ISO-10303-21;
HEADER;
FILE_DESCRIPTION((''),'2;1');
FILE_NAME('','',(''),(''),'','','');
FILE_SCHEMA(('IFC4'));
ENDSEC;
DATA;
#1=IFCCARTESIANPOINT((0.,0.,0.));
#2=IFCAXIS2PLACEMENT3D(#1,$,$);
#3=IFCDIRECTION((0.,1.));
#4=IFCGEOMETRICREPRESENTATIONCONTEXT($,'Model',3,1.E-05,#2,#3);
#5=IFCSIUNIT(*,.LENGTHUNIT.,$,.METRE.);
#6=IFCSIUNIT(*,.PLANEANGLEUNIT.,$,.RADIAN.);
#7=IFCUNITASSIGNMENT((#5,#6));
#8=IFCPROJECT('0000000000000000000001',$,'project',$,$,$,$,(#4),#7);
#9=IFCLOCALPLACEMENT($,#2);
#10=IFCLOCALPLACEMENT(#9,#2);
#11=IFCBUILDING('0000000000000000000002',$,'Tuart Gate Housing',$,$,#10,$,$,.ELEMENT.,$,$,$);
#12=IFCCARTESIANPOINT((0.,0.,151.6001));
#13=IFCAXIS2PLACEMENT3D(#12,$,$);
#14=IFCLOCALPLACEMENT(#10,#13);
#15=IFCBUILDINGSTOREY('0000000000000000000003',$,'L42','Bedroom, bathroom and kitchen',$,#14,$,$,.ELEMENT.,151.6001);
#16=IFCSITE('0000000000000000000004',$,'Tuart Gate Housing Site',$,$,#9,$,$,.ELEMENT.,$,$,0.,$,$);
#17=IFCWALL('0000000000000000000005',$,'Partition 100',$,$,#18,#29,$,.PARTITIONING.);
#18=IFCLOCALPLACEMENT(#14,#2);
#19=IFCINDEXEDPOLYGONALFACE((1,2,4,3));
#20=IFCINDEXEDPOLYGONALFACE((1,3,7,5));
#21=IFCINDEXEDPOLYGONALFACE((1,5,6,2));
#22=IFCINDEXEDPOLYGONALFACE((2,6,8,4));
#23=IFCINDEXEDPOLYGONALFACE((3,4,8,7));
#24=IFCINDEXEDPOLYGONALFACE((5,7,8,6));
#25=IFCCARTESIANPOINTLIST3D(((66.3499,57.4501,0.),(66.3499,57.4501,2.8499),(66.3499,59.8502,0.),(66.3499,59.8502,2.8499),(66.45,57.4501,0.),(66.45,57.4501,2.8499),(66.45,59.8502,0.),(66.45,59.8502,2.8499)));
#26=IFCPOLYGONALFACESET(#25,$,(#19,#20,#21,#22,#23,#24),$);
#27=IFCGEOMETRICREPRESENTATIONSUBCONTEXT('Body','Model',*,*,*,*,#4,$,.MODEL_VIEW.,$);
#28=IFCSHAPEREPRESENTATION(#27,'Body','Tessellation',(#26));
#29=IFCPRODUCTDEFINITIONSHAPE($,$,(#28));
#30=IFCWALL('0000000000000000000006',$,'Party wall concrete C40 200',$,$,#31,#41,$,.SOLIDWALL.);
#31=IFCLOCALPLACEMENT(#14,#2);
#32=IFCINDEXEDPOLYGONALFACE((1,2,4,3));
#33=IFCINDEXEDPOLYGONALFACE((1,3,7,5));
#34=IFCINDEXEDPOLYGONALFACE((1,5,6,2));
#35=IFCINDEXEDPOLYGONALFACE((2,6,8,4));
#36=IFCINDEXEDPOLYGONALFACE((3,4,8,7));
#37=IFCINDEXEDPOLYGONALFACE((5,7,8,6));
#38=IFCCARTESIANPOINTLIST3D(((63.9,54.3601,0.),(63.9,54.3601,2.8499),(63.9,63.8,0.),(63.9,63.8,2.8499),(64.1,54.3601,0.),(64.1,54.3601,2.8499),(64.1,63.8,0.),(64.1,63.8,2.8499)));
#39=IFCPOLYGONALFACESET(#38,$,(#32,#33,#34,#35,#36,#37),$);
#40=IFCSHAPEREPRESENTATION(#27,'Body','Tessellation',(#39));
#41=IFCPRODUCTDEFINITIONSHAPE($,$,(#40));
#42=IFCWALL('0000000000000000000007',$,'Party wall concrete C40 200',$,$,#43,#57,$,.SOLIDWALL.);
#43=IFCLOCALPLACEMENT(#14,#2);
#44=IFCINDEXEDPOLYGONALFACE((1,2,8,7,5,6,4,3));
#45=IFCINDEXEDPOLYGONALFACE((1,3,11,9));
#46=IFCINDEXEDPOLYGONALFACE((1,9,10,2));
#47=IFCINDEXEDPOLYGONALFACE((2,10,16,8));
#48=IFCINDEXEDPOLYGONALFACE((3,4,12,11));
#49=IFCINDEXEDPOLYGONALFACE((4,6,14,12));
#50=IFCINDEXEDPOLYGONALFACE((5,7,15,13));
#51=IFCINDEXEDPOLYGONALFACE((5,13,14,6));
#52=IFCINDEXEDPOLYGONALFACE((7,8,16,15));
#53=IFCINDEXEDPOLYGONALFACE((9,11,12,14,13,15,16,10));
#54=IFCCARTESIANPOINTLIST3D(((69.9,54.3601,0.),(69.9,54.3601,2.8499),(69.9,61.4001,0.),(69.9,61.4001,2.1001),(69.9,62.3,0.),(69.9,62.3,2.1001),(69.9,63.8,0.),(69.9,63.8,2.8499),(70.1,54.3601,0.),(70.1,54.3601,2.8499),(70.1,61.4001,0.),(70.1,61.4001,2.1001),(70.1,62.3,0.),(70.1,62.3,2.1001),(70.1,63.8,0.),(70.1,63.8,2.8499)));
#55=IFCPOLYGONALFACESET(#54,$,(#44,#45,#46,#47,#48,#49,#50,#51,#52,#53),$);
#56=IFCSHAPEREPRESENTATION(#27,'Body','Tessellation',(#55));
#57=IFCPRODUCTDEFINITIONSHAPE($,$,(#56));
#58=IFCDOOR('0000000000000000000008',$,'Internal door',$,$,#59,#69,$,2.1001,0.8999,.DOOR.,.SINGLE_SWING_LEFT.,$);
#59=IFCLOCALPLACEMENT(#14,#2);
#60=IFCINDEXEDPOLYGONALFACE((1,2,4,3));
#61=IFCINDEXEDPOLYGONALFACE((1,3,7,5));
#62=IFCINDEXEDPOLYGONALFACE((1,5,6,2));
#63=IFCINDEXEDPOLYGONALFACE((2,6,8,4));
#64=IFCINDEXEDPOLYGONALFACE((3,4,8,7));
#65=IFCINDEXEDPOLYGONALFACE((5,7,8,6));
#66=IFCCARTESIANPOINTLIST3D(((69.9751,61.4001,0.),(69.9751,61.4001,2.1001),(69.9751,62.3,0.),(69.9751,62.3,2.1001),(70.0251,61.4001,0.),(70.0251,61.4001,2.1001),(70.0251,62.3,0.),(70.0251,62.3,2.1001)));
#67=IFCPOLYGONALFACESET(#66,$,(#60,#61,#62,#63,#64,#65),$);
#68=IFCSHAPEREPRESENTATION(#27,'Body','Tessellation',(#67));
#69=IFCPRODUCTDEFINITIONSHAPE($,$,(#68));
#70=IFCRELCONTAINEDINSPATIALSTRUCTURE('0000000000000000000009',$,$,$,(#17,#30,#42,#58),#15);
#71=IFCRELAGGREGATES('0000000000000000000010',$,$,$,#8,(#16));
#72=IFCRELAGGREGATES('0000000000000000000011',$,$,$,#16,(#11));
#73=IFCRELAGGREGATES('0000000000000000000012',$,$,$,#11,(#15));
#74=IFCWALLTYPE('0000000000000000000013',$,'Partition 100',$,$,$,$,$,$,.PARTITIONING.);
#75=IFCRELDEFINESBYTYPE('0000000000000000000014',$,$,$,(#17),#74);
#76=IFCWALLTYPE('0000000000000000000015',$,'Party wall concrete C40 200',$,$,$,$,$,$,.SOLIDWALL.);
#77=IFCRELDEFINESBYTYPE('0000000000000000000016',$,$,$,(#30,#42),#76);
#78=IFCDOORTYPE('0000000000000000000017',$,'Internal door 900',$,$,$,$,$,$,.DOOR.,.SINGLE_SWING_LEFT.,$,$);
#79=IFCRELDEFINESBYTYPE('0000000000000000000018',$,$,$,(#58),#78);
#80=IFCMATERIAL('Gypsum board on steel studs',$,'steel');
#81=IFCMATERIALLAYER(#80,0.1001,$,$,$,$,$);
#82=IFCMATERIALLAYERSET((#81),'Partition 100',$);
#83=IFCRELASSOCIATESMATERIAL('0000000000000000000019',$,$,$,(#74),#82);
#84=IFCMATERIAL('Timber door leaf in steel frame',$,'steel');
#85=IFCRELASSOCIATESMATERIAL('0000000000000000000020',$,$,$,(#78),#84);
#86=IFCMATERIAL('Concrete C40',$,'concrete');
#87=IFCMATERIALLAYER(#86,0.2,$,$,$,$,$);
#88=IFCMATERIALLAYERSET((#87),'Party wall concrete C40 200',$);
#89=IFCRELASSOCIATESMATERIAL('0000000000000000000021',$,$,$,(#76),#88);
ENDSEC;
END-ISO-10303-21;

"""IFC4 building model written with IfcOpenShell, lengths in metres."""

from ifc_helpers import new_model, si_unit, direction, frame, frame_2d, origin, place, context, subcontext, project, spatial, rectangle, extrude, material, layer, layer_set, type_object, element, fill, save


model = new_model("IFC4")

# Units and contexts
model_context = context("Model", 3, precision=1e-05, world=origin(), true_north=direction((0.0, 1.0)))
body_context = subcontext(model_context, "Body", "Model", "MODEL_VIEW")
ifc_project = project(units=[si_unit("LENGTHUNIT", "METRE"), si_unit("PLANEANGLEUNIT", "RADIAN")], contexts=[model_context])

# Site, building, storey
site_placement = place(None, origin())
site = spatial("IfcSite", under=ifc_project, at=site_placement, Name="Tuart Gate Housing Site", CompositionType="ELEMENT", RefElevation=0.0)
building_placement = place(site_placement, origin())
building = spatial("IfcBuilding", under=site, at=building_placement, Name="Tuart Gate Housing", CompositionType="ELEMENT")
storey_placement = place(building_placement, frame((0.0, 0.0, 151.6001)))
storey = spatial("IfcBuildingStorey", under=building, at=storey_placement, Name="L42", Description="Bedroom, bathroom and kitchen", CompositionType="ELEMENT", Elevation=151.6001)

# Shared definitions
ifc_material_1 = material(Name="Gypsum board on steel studs", Category="steel")
ifc_layer_1 = layer(ifc_material_1, 0.1001)
ifc_layer_set_1 = layer_set([ifc_layer_1], Name="Partition 100")
wall_type_1 = type_object("IfcWallType", Name="Partition 100", PredefinedType="PARTITIONING", material=ifc_layer_set_1)

# Shared definitions
ifc_material_2 = material(Name="Timber door leaf in steel frame", Category="steel")
door_type_1 = type_object("IfcDoorType", Name="Internal door 900", OperationType="SINGLE_SWING_LEFT", PredefinedType="DOOR", material=ifc_material_2)

# Walls
wall_1_placement = place(storey_placement, frame((66.3999, 57.45, 0.0), z_axis=(0.0, 0.0, 1.0), x_axis=(0.0, 1.0, 0.0)))
element("IfcWall", 1, at=wall_1_placement, inside=storey, type_object=wall_type_1, Name="Partition 100", PredefinedType="PARTITIONING", context=body_context, shape_type="SweptSolid", body=[
    extrude(rectangle(XDim=2.4001, YDim=0.1001, at=frame_2d((1.2002, 0.0))), origin(), (0.0, 0.0, 1.0), 2.8499),
])
ifc_material_3 = material(Name="Concrete C40", Category="concrete")
ifc_layer_2 = layer(ifc_material_3, 0.2)
ifc_layer_set_2 = layer_set([ifc_layer_2], Name="Party wall concrete C40 200")
wall_type_2 = type_object("IfcWallType", Name="Party wall concrete C40 200", PredefinedType="SOLIDWALL", material=ifc_layer_set_2)
wall_2_placement = place(storey_placement, frame((64.0, 54.3601, 0.0), z_axis=(0.0, 0.0, 1.0), x_axis=(0.0, 1.0, 0.0)))
element("IfcWall", 2, at=wall_2_placement, inside=storey, type_object=wall_type_2, Name="Party wall concrete C40 200", PredefinedType="SOLIDWALL", context=body_context, shape_type="SweptSolid", body=[
    extrude(rectangle(XDim=9.4399, YDim=0.2, at=frame_2d((4.72, 0.0))), origin(), (0.0, 0.0, 1.0), 2.8499),
])

# Wall, opening, door
wall_3_placement = place(storey_placement, frame((70.0, 54.3601, 0.0), z_axis=(0.0, 0.0, 1.0), x_axis=(0.0, 1.0, 0.0)))
wall_3 = element("IfcWall", 3, at=wall_3_placement, inside=storey, type_object=wall_type_2, Name="Party wall concrete C40 200", PredefinedType="SOLIDWALL", context=body_context, shape_type="SweptSolid", body=[
    extrude(rectangle(XDim=9.4399, YDim=0.2, at=frame_2d((4.72, 0.0))), origin(), (0.0, 0.0, 1.0), 2.8499),
])
opening_1_placement = place(wall_3_placement, frame((7.04, 0.0, 0.0)))
opening_1 = element("IfcOpeningElement", 4, at=opening_1_placement, cuts=wall_3, PredefinedType="OPENING", context=body_context, shape_type="SweptSolid", body=[
    extrude(rectangle(XDim=0.8999, YDim=2.1001, at=frame_2d((0.45, 1.05))), frame((0.0, 0.1099, 0.0), z_axis=(0.0, -1.0, 0.0), x_axis=(1.0, 0.0, 0.0)), (0.0, 0.0, 1.0), 0.22),
])
door_1_placement = place(opening_1_placement, origin())
door_1 = element("IfcDoor", 5, at=door_1_placement, inside=storey, type_object=door_type_1, Name="Internal door", OperationType="SINGLE_SWING_LEFT", OverallHeight=2.1001, OverallWidth=0.8999, PredefinedType="DOOR", context=body_context, shape_type="SweptSolid", body=[
    extrude(rectangle(XDim=0.8999, YDim=2.1001, at=frame_2d((0.45, 1.05))), frame((0.0, 0.0249, 0.0), z_axis=(0.0, -1.0, 0.0), x_axis=(1.0, 0.0, 0.0)), (0.0, 0.0, 1.0), 0.05),
])
fill(opening_1, door_1)

save(model, "model.ifc")
